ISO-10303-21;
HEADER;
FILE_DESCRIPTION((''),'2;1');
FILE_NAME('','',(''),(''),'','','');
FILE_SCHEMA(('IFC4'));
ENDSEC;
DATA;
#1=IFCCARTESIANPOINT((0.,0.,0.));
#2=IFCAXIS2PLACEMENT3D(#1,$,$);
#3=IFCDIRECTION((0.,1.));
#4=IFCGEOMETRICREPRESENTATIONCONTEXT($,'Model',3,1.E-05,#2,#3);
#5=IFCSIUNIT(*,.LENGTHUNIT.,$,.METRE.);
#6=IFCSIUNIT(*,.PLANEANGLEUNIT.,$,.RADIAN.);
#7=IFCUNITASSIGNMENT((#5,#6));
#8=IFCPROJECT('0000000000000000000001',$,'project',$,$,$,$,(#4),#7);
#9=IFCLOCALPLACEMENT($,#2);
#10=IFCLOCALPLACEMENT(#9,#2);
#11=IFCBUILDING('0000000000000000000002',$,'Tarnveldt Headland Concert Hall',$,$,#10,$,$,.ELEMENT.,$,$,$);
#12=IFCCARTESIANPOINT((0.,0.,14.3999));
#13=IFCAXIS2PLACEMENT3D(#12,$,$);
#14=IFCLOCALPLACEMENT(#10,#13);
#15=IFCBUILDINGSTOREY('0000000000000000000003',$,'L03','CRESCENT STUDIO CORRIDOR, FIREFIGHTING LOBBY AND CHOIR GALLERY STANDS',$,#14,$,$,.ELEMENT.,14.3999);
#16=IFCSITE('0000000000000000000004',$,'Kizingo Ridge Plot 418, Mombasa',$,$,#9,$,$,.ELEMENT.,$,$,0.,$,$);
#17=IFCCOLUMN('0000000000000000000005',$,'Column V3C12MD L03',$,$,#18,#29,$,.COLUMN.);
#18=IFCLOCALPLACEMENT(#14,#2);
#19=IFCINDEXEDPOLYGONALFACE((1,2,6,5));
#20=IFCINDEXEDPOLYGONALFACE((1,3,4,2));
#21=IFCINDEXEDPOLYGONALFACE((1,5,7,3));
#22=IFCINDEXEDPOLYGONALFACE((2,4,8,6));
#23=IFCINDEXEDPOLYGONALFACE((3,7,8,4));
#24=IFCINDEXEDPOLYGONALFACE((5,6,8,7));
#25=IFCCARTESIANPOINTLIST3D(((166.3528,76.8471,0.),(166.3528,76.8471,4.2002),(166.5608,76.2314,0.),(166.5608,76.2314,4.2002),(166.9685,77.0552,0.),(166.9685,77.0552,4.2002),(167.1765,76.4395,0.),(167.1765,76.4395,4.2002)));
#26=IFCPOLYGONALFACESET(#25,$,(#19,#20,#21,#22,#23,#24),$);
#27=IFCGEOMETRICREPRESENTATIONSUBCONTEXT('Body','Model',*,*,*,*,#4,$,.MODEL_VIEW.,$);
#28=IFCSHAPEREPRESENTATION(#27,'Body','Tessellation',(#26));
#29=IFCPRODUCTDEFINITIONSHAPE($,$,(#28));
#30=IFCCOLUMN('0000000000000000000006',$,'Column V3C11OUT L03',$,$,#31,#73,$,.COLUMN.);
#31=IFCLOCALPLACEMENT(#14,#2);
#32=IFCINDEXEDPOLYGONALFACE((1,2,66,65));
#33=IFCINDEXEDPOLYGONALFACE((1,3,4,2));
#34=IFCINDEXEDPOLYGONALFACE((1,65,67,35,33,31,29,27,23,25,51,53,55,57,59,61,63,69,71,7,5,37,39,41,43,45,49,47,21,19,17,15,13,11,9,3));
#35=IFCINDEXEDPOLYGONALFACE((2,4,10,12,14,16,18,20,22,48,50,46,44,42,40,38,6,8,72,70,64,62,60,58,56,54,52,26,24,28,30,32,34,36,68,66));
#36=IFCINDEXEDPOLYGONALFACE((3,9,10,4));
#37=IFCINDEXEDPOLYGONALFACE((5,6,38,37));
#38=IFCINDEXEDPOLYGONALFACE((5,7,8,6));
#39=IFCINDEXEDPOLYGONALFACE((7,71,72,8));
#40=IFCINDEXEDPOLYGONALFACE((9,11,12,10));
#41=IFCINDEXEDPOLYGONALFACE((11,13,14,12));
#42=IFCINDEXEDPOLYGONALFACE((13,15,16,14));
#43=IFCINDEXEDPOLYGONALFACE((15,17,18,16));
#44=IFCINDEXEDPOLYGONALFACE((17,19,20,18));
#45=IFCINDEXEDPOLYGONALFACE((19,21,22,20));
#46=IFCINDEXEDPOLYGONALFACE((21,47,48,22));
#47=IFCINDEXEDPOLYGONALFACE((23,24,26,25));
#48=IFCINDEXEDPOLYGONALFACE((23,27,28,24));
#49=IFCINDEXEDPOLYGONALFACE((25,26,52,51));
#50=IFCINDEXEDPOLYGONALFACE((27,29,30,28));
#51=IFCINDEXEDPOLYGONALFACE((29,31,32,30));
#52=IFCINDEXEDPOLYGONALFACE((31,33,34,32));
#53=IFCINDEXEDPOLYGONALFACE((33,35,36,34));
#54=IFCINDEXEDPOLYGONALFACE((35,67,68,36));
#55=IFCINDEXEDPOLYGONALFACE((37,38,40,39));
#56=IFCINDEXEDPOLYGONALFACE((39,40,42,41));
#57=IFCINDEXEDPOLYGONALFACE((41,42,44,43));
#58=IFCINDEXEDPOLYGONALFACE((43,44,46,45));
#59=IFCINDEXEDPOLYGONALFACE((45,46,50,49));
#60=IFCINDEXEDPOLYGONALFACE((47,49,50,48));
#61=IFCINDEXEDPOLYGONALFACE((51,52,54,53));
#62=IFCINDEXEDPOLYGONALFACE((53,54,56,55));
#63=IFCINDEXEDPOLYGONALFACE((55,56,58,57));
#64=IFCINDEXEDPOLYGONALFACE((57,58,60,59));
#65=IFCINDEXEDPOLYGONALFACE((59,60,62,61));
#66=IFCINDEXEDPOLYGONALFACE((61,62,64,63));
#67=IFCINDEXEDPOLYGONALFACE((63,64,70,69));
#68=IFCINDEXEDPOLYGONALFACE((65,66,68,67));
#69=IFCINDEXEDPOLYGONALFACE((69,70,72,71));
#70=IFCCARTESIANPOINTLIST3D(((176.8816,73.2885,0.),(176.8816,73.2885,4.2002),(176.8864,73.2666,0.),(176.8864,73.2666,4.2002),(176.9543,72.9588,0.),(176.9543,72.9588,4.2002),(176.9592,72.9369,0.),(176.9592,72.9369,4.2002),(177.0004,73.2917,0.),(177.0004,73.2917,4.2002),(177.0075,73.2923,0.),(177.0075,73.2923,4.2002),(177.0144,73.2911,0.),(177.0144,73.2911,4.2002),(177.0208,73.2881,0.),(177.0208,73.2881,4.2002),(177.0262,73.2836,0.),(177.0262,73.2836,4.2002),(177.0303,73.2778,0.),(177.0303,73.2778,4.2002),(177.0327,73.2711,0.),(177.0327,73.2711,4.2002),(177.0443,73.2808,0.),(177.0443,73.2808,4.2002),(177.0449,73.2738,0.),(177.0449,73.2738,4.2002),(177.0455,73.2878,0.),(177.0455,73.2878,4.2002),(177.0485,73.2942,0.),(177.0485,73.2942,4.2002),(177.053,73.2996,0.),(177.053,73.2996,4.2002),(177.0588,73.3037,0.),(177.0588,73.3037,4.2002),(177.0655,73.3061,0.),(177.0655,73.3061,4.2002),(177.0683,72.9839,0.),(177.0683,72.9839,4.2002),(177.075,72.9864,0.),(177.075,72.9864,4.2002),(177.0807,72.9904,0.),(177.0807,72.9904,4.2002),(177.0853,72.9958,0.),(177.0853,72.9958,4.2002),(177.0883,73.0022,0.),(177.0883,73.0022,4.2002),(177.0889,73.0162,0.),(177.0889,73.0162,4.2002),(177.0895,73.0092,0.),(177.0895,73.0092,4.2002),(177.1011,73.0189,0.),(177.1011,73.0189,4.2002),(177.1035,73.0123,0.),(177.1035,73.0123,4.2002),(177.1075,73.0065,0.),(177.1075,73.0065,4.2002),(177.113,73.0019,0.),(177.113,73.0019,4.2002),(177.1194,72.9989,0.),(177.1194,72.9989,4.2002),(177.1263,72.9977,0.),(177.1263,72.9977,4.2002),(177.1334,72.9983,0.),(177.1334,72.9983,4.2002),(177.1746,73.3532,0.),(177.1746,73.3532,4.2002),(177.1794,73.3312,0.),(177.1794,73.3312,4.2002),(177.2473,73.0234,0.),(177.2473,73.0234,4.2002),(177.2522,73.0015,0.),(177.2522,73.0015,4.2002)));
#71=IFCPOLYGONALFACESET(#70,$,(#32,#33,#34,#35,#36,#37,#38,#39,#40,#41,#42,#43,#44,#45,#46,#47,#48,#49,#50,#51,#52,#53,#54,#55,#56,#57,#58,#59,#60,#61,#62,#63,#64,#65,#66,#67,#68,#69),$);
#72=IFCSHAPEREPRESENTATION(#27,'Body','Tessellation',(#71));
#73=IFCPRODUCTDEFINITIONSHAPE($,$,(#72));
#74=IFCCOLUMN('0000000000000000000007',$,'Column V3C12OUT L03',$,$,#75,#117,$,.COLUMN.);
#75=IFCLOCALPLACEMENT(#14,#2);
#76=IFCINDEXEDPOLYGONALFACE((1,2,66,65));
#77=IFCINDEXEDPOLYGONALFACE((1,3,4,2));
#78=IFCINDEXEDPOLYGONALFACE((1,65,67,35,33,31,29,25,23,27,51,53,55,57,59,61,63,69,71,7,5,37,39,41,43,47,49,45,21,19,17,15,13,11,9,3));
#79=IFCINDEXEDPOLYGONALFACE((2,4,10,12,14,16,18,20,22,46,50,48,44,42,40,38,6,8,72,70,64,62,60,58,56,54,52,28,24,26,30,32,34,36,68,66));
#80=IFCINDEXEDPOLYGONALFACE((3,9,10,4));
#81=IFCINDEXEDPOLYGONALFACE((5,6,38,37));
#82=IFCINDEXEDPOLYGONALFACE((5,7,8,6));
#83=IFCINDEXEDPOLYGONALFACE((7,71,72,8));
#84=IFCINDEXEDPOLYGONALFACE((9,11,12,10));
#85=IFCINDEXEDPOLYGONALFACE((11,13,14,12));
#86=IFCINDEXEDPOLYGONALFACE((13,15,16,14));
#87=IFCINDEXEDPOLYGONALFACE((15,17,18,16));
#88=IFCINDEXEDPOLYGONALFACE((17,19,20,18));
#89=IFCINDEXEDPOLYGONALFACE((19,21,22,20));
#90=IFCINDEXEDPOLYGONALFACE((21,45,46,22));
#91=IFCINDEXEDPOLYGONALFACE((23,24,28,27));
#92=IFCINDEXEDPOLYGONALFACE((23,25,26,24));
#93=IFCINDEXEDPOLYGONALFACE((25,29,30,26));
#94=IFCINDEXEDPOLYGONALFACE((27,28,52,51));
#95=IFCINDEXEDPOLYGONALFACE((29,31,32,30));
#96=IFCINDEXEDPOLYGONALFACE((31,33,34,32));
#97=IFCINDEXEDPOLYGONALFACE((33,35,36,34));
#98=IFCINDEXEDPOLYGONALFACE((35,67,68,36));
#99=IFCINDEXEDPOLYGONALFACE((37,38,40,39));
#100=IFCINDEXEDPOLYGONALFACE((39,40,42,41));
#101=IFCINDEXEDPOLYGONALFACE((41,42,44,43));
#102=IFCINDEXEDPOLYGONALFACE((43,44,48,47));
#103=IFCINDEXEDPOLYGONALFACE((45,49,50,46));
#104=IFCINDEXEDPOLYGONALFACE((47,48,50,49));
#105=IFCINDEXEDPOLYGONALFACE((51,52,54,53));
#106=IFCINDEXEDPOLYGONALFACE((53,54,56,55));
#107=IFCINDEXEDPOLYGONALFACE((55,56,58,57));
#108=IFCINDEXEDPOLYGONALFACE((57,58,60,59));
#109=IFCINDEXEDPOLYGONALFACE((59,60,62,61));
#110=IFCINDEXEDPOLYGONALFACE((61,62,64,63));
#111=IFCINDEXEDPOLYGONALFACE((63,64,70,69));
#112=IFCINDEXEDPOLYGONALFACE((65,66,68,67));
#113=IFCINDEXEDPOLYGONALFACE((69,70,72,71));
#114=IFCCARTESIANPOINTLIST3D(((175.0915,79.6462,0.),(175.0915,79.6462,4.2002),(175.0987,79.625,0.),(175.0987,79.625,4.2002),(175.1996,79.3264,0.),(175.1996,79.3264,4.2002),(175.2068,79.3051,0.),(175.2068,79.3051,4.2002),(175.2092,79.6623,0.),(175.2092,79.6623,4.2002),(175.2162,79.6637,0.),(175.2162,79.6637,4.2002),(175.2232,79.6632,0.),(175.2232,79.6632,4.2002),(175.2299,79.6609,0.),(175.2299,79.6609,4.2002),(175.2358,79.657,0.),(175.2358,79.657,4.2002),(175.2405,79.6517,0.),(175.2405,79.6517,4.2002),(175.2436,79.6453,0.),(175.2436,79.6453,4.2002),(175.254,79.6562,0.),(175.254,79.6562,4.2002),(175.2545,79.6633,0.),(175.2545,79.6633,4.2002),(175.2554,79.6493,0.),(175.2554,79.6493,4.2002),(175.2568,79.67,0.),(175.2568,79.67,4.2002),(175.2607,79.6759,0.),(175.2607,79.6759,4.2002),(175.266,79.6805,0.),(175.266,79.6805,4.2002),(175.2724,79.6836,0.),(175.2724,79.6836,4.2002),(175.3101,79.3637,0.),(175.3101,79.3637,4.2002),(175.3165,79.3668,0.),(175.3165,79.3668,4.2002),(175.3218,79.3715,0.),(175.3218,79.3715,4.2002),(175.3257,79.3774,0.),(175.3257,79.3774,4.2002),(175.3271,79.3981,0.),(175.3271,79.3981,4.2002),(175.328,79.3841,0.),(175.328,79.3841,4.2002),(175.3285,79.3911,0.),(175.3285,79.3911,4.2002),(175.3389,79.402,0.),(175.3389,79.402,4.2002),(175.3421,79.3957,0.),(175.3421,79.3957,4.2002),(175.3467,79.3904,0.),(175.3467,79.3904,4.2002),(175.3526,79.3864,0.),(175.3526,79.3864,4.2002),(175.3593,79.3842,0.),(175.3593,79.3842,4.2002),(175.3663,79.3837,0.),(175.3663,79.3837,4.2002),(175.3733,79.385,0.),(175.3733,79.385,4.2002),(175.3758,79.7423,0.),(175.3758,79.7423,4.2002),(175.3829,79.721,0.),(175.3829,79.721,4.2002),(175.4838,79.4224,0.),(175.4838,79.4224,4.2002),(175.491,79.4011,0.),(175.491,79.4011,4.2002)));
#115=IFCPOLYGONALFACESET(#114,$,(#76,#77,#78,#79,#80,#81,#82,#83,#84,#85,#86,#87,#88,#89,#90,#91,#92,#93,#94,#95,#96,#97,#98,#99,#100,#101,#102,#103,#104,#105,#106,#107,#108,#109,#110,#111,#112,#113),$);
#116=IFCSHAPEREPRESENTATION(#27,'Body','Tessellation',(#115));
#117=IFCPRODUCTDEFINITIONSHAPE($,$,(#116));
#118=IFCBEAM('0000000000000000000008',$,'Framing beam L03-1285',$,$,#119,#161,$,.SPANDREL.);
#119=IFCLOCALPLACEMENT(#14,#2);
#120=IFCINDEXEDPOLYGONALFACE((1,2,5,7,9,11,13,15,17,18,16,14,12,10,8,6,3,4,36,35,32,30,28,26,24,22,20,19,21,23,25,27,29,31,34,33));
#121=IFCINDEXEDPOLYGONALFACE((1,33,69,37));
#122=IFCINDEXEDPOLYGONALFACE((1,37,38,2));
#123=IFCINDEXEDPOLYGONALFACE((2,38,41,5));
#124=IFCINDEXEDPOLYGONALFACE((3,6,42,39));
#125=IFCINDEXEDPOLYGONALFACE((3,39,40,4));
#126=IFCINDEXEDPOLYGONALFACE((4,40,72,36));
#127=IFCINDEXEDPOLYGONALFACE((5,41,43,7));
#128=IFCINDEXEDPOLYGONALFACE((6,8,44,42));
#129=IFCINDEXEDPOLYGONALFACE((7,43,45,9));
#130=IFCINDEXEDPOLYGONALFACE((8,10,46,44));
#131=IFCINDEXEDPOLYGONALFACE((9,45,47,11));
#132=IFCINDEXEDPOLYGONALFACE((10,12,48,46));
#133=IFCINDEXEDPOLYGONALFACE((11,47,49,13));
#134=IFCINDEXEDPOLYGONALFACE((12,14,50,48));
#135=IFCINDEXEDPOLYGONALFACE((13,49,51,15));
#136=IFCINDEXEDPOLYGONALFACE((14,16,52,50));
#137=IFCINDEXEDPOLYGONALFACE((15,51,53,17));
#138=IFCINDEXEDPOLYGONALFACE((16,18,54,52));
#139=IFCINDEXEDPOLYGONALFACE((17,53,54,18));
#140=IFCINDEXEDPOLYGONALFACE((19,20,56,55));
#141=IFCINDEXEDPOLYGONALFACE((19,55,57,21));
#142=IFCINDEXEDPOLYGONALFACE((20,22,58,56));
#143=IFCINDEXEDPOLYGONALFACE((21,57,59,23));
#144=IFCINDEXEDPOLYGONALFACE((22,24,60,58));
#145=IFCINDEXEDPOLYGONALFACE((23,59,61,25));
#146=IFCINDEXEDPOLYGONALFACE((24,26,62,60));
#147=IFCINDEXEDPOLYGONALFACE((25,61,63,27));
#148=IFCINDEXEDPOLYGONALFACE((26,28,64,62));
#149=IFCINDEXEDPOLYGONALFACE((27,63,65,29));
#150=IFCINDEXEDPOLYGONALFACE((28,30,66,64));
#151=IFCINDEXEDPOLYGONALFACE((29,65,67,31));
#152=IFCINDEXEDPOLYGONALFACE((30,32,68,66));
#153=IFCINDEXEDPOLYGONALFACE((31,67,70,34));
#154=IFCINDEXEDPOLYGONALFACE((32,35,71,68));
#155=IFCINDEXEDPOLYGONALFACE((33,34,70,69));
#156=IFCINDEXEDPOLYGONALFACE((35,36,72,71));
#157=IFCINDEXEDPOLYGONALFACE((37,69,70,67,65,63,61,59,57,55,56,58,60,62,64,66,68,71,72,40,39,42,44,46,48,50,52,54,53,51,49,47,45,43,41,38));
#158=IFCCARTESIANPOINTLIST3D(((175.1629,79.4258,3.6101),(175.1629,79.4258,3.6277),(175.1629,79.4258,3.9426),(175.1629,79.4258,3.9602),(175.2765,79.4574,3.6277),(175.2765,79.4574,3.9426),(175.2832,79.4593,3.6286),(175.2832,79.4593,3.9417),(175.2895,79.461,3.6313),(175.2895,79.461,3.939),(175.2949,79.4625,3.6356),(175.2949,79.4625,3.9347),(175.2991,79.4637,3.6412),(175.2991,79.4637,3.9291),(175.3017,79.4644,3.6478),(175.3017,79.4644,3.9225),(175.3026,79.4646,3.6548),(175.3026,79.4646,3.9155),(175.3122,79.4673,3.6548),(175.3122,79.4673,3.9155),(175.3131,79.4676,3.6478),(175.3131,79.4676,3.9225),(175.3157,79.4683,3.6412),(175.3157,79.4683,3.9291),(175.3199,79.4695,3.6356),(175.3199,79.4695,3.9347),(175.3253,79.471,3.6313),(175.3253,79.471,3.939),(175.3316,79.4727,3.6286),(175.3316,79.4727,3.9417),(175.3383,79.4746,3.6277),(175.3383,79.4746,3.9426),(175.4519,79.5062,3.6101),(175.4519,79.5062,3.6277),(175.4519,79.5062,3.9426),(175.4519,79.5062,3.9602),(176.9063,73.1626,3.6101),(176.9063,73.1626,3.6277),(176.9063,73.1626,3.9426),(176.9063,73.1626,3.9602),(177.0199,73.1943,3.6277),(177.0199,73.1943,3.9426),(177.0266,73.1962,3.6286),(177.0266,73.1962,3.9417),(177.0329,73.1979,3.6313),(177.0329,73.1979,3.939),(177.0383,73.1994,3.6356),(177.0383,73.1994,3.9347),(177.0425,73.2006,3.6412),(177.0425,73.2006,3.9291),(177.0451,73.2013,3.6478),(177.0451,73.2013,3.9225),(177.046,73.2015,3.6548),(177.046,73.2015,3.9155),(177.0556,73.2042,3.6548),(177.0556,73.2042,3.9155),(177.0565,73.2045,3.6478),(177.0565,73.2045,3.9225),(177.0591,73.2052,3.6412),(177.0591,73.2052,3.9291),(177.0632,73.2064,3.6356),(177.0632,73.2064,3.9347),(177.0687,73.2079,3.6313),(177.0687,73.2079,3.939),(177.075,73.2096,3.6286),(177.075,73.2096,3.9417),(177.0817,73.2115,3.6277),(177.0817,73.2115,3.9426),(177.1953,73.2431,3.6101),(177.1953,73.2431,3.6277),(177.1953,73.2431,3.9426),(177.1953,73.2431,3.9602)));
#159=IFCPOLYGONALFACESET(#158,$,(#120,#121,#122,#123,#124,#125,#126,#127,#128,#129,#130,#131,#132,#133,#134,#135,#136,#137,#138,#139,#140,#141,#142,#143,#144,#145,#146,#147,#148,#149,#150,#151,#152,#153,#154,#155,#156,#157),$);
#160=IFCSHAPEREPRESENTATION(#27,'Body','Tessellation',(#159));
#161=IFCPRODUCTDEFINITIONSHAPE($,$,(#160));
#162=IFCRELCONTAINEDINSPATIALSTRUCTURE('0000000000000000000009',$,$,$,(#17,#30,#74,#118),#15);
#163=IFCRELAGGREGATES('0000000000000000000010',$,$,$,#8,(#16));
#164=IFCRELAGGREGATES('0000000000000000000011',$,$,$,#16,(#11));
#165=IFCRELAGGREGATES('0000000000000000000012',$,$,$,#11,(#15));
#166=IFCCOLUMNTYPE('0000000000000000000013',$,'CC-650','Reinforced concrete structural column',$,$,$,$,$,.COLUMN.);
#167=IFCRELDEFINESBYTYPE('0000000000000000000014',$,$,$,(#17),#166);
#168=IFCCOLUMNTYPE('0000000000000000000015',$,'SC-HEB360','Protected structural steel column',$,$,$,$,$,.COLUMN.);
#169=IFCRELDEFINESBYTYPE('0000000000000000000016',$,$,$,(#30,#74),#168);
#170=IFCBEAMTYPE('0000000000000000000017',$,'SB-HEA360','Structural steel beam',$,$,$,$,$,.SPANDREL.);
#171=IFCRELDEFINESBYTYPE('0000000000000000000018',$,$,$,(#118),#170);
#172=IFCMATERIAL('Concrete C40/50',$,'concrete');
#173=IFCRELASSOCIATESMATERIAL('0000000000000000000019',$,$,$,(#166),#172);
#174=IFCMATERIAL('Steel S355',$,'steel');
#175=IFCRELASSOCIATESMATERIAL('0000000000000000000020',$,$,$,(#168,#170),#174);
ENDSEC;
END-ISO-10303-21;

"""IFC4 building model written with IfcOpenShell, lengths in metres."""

from ifc_helpers import new_model, si_unit, direction, frame, origin, origin_2d, place, context, subcontext, project, spatial, rectangle, i_section, extrude, material, material_profile, profile_set, type_object, element, save


model = new_model("IFC4")

# Units and contexts
model_context = context("Model", 3, precision=1e-05, world=origin(), true_north=direction((0.0, 1.0)))
body_context = subcontext(model_context, "Body", "Model", "MODEL_VIEW")
ifc_project = project(units=[si_unit("LENGTHUNIT", "METRE"), si_unit("PLANEANGLEUNIT", "RADIAN")], contexts=[model_context])

# Site, building, storey
site_placement = place(None, origin())
site = spatial("IfcSite", under=ifc_project, at=site_placement, Name="Kizingo Ridge Plot 418, Mombasa", CompositionType="ELEMENT", RefElevation=0.0)
building_placement = place(site_placement, origin())
building = spatial("IfcBuilding", under=site, at=building_placement, Name="Tarnveldt Headland Concert Hall", CompositionType="ELEMENT")
storey_placement = place(building_placement, frame((0.0, 0.0, 14.3999)))
storey = spatial("IfcBuildingStorey", under=building, at=storey_placement, Name="L03", Description="CRESCENT STUDIO CORRIDOR, FIREFIGHTING LOBBY AND CHOIR GALLERY STANDS", CompositionType="ELEMENT", Elevation=14.3999)

# Columns
ifc_material_1 = material(Name="Concrete C40/50", Category="concrete")
ifc_material_profile_1 = material_profile(ifc_material_1, rectangle(XDim=0.6499, YDim=0.6499, at=origin_2d()), Name="RC 650x650", Category="concrete")
ifc_profile_set_1 = profile_set([ifc_material_profile_1], Name="Concrete C40/50")
column_type_1 = type_object("IfcColumnType", Name="CC-650", Description="Reinforced concrete structural column", PredefinedType="COLUMN", material=ifc_profile_set_1)
column_placement = place(storey_placement, frame((166.7646, 76.6433, 0.0), z_axis=(0.0, 0.0, 1.0), x_axis=(0.947378, 0.320117, 0.0)))
element("IfcColumn", 1, at=column_placement, inside=storey, type_object=column_type_1, Name="Column V3C12MD L03", PredefinedType="COLUMN", context=body_context, shape_type="SweptSolid", body=[
    extrude(rectangle(XDim=0.6499, YDim=0.6499, at=origin_2d()), origin(), (0.0, 0.0, 1.0), 4.2002),
])
ifc_material_2 = material(Name="Steel S355", Category="steel")
ifc_material_profile_2 = material_profile(ifc_material_2, i_section(OverallWidth=0.3, OverallDepth=0.3601, WebThickness=0.0125, FlangeThickness=0.0225, FilletRadius=0.0271, at=origin_2d()), Name="HEB360", Category="steel")
ifc_profile_set_2 = profile_set([ifc_material_profile_2], Name="Steel S355")
column_type_2 = type_object("IfcColumnType", Name="SC-HEB360", Description="Protected structural steel column", PredefinedType="COLUMN", material=ifc_profile_set_2)
for number, where, z_axis, x_axis, name in (
    (2, (177.0669, 73.145, 0.0), (0.0, 0.0, 1.0), (0.976522, 0.215417, 0.0), "Column V3C11OUT L03"),
    (3, (175.2913, 79.5237, 0.0), (0.0, 0.0, 1.0), (0.947378, 0.320117, 0.0), "Column V3C12OUT L03"),
):
    element("IfcColumn", number, at=place(storey_placement, frame(where, z_axis=z_axis, x_axis=x_axis)), inside=storey, type_object=column_type_2, Name=name, PredefinedType="COLUMN", context=body_context, shape_type="SweptSolid", body=[
        extrude(i_section(OverallWidth=0.3, OverallDepth=0.3601, WebThickness=0.0125, FlangeThickness=0.0225, FilletRadius=0.0271, at=origin_2d()), origin(), (0.0, 0.0, 1.0), 4.2002),
    ])

# Beam
ifc_material_profile_3 = material_profile(ifc_material_2, i_section(OverallWidth=0.3, OverallDepth=0.3501, WebThickness=0.01, FlangeThickness=0.0176, FilletRadius=0.0271, at=origin_2d()), Name="HEA360", Category="steel")
ifc_profile_set_3 = profile_set([ifc_material_profile_3], Name="Steel S355")
beam_type_1 = type_object("IfcBeamType", Name="SB-HEA360", Description="Structural steel beam", PredefinedType="SPANDREL", material=ifc_profile_set_3)
beam_1_placement = place(storey_placement, frame((177.0508, 73.2029, 3.7852), z_axis=(-0.268163, 0.963374, 0.0), x_axis=(-0.963374, -0.268163, 0.0)))
element("IfcBeam", 4, at=beam_1_placement, inside=storey, type_object=beam_type_1, Name="Framing beam L03-1285", PredefinedType="SPANDREL", context=body_context, shape_type="SweptSolid", body=[
    extrude(i_section(OverallWidth=0.3, OverallDepth=0.3501, WebThickness=0.01, FlangeThickness=0.0176, FilletRadius=0.0271, at=origin_2d()), origin(), (0.0, 0.0, 1.0), 6.5012),
])

save(model, "model.ifc")
